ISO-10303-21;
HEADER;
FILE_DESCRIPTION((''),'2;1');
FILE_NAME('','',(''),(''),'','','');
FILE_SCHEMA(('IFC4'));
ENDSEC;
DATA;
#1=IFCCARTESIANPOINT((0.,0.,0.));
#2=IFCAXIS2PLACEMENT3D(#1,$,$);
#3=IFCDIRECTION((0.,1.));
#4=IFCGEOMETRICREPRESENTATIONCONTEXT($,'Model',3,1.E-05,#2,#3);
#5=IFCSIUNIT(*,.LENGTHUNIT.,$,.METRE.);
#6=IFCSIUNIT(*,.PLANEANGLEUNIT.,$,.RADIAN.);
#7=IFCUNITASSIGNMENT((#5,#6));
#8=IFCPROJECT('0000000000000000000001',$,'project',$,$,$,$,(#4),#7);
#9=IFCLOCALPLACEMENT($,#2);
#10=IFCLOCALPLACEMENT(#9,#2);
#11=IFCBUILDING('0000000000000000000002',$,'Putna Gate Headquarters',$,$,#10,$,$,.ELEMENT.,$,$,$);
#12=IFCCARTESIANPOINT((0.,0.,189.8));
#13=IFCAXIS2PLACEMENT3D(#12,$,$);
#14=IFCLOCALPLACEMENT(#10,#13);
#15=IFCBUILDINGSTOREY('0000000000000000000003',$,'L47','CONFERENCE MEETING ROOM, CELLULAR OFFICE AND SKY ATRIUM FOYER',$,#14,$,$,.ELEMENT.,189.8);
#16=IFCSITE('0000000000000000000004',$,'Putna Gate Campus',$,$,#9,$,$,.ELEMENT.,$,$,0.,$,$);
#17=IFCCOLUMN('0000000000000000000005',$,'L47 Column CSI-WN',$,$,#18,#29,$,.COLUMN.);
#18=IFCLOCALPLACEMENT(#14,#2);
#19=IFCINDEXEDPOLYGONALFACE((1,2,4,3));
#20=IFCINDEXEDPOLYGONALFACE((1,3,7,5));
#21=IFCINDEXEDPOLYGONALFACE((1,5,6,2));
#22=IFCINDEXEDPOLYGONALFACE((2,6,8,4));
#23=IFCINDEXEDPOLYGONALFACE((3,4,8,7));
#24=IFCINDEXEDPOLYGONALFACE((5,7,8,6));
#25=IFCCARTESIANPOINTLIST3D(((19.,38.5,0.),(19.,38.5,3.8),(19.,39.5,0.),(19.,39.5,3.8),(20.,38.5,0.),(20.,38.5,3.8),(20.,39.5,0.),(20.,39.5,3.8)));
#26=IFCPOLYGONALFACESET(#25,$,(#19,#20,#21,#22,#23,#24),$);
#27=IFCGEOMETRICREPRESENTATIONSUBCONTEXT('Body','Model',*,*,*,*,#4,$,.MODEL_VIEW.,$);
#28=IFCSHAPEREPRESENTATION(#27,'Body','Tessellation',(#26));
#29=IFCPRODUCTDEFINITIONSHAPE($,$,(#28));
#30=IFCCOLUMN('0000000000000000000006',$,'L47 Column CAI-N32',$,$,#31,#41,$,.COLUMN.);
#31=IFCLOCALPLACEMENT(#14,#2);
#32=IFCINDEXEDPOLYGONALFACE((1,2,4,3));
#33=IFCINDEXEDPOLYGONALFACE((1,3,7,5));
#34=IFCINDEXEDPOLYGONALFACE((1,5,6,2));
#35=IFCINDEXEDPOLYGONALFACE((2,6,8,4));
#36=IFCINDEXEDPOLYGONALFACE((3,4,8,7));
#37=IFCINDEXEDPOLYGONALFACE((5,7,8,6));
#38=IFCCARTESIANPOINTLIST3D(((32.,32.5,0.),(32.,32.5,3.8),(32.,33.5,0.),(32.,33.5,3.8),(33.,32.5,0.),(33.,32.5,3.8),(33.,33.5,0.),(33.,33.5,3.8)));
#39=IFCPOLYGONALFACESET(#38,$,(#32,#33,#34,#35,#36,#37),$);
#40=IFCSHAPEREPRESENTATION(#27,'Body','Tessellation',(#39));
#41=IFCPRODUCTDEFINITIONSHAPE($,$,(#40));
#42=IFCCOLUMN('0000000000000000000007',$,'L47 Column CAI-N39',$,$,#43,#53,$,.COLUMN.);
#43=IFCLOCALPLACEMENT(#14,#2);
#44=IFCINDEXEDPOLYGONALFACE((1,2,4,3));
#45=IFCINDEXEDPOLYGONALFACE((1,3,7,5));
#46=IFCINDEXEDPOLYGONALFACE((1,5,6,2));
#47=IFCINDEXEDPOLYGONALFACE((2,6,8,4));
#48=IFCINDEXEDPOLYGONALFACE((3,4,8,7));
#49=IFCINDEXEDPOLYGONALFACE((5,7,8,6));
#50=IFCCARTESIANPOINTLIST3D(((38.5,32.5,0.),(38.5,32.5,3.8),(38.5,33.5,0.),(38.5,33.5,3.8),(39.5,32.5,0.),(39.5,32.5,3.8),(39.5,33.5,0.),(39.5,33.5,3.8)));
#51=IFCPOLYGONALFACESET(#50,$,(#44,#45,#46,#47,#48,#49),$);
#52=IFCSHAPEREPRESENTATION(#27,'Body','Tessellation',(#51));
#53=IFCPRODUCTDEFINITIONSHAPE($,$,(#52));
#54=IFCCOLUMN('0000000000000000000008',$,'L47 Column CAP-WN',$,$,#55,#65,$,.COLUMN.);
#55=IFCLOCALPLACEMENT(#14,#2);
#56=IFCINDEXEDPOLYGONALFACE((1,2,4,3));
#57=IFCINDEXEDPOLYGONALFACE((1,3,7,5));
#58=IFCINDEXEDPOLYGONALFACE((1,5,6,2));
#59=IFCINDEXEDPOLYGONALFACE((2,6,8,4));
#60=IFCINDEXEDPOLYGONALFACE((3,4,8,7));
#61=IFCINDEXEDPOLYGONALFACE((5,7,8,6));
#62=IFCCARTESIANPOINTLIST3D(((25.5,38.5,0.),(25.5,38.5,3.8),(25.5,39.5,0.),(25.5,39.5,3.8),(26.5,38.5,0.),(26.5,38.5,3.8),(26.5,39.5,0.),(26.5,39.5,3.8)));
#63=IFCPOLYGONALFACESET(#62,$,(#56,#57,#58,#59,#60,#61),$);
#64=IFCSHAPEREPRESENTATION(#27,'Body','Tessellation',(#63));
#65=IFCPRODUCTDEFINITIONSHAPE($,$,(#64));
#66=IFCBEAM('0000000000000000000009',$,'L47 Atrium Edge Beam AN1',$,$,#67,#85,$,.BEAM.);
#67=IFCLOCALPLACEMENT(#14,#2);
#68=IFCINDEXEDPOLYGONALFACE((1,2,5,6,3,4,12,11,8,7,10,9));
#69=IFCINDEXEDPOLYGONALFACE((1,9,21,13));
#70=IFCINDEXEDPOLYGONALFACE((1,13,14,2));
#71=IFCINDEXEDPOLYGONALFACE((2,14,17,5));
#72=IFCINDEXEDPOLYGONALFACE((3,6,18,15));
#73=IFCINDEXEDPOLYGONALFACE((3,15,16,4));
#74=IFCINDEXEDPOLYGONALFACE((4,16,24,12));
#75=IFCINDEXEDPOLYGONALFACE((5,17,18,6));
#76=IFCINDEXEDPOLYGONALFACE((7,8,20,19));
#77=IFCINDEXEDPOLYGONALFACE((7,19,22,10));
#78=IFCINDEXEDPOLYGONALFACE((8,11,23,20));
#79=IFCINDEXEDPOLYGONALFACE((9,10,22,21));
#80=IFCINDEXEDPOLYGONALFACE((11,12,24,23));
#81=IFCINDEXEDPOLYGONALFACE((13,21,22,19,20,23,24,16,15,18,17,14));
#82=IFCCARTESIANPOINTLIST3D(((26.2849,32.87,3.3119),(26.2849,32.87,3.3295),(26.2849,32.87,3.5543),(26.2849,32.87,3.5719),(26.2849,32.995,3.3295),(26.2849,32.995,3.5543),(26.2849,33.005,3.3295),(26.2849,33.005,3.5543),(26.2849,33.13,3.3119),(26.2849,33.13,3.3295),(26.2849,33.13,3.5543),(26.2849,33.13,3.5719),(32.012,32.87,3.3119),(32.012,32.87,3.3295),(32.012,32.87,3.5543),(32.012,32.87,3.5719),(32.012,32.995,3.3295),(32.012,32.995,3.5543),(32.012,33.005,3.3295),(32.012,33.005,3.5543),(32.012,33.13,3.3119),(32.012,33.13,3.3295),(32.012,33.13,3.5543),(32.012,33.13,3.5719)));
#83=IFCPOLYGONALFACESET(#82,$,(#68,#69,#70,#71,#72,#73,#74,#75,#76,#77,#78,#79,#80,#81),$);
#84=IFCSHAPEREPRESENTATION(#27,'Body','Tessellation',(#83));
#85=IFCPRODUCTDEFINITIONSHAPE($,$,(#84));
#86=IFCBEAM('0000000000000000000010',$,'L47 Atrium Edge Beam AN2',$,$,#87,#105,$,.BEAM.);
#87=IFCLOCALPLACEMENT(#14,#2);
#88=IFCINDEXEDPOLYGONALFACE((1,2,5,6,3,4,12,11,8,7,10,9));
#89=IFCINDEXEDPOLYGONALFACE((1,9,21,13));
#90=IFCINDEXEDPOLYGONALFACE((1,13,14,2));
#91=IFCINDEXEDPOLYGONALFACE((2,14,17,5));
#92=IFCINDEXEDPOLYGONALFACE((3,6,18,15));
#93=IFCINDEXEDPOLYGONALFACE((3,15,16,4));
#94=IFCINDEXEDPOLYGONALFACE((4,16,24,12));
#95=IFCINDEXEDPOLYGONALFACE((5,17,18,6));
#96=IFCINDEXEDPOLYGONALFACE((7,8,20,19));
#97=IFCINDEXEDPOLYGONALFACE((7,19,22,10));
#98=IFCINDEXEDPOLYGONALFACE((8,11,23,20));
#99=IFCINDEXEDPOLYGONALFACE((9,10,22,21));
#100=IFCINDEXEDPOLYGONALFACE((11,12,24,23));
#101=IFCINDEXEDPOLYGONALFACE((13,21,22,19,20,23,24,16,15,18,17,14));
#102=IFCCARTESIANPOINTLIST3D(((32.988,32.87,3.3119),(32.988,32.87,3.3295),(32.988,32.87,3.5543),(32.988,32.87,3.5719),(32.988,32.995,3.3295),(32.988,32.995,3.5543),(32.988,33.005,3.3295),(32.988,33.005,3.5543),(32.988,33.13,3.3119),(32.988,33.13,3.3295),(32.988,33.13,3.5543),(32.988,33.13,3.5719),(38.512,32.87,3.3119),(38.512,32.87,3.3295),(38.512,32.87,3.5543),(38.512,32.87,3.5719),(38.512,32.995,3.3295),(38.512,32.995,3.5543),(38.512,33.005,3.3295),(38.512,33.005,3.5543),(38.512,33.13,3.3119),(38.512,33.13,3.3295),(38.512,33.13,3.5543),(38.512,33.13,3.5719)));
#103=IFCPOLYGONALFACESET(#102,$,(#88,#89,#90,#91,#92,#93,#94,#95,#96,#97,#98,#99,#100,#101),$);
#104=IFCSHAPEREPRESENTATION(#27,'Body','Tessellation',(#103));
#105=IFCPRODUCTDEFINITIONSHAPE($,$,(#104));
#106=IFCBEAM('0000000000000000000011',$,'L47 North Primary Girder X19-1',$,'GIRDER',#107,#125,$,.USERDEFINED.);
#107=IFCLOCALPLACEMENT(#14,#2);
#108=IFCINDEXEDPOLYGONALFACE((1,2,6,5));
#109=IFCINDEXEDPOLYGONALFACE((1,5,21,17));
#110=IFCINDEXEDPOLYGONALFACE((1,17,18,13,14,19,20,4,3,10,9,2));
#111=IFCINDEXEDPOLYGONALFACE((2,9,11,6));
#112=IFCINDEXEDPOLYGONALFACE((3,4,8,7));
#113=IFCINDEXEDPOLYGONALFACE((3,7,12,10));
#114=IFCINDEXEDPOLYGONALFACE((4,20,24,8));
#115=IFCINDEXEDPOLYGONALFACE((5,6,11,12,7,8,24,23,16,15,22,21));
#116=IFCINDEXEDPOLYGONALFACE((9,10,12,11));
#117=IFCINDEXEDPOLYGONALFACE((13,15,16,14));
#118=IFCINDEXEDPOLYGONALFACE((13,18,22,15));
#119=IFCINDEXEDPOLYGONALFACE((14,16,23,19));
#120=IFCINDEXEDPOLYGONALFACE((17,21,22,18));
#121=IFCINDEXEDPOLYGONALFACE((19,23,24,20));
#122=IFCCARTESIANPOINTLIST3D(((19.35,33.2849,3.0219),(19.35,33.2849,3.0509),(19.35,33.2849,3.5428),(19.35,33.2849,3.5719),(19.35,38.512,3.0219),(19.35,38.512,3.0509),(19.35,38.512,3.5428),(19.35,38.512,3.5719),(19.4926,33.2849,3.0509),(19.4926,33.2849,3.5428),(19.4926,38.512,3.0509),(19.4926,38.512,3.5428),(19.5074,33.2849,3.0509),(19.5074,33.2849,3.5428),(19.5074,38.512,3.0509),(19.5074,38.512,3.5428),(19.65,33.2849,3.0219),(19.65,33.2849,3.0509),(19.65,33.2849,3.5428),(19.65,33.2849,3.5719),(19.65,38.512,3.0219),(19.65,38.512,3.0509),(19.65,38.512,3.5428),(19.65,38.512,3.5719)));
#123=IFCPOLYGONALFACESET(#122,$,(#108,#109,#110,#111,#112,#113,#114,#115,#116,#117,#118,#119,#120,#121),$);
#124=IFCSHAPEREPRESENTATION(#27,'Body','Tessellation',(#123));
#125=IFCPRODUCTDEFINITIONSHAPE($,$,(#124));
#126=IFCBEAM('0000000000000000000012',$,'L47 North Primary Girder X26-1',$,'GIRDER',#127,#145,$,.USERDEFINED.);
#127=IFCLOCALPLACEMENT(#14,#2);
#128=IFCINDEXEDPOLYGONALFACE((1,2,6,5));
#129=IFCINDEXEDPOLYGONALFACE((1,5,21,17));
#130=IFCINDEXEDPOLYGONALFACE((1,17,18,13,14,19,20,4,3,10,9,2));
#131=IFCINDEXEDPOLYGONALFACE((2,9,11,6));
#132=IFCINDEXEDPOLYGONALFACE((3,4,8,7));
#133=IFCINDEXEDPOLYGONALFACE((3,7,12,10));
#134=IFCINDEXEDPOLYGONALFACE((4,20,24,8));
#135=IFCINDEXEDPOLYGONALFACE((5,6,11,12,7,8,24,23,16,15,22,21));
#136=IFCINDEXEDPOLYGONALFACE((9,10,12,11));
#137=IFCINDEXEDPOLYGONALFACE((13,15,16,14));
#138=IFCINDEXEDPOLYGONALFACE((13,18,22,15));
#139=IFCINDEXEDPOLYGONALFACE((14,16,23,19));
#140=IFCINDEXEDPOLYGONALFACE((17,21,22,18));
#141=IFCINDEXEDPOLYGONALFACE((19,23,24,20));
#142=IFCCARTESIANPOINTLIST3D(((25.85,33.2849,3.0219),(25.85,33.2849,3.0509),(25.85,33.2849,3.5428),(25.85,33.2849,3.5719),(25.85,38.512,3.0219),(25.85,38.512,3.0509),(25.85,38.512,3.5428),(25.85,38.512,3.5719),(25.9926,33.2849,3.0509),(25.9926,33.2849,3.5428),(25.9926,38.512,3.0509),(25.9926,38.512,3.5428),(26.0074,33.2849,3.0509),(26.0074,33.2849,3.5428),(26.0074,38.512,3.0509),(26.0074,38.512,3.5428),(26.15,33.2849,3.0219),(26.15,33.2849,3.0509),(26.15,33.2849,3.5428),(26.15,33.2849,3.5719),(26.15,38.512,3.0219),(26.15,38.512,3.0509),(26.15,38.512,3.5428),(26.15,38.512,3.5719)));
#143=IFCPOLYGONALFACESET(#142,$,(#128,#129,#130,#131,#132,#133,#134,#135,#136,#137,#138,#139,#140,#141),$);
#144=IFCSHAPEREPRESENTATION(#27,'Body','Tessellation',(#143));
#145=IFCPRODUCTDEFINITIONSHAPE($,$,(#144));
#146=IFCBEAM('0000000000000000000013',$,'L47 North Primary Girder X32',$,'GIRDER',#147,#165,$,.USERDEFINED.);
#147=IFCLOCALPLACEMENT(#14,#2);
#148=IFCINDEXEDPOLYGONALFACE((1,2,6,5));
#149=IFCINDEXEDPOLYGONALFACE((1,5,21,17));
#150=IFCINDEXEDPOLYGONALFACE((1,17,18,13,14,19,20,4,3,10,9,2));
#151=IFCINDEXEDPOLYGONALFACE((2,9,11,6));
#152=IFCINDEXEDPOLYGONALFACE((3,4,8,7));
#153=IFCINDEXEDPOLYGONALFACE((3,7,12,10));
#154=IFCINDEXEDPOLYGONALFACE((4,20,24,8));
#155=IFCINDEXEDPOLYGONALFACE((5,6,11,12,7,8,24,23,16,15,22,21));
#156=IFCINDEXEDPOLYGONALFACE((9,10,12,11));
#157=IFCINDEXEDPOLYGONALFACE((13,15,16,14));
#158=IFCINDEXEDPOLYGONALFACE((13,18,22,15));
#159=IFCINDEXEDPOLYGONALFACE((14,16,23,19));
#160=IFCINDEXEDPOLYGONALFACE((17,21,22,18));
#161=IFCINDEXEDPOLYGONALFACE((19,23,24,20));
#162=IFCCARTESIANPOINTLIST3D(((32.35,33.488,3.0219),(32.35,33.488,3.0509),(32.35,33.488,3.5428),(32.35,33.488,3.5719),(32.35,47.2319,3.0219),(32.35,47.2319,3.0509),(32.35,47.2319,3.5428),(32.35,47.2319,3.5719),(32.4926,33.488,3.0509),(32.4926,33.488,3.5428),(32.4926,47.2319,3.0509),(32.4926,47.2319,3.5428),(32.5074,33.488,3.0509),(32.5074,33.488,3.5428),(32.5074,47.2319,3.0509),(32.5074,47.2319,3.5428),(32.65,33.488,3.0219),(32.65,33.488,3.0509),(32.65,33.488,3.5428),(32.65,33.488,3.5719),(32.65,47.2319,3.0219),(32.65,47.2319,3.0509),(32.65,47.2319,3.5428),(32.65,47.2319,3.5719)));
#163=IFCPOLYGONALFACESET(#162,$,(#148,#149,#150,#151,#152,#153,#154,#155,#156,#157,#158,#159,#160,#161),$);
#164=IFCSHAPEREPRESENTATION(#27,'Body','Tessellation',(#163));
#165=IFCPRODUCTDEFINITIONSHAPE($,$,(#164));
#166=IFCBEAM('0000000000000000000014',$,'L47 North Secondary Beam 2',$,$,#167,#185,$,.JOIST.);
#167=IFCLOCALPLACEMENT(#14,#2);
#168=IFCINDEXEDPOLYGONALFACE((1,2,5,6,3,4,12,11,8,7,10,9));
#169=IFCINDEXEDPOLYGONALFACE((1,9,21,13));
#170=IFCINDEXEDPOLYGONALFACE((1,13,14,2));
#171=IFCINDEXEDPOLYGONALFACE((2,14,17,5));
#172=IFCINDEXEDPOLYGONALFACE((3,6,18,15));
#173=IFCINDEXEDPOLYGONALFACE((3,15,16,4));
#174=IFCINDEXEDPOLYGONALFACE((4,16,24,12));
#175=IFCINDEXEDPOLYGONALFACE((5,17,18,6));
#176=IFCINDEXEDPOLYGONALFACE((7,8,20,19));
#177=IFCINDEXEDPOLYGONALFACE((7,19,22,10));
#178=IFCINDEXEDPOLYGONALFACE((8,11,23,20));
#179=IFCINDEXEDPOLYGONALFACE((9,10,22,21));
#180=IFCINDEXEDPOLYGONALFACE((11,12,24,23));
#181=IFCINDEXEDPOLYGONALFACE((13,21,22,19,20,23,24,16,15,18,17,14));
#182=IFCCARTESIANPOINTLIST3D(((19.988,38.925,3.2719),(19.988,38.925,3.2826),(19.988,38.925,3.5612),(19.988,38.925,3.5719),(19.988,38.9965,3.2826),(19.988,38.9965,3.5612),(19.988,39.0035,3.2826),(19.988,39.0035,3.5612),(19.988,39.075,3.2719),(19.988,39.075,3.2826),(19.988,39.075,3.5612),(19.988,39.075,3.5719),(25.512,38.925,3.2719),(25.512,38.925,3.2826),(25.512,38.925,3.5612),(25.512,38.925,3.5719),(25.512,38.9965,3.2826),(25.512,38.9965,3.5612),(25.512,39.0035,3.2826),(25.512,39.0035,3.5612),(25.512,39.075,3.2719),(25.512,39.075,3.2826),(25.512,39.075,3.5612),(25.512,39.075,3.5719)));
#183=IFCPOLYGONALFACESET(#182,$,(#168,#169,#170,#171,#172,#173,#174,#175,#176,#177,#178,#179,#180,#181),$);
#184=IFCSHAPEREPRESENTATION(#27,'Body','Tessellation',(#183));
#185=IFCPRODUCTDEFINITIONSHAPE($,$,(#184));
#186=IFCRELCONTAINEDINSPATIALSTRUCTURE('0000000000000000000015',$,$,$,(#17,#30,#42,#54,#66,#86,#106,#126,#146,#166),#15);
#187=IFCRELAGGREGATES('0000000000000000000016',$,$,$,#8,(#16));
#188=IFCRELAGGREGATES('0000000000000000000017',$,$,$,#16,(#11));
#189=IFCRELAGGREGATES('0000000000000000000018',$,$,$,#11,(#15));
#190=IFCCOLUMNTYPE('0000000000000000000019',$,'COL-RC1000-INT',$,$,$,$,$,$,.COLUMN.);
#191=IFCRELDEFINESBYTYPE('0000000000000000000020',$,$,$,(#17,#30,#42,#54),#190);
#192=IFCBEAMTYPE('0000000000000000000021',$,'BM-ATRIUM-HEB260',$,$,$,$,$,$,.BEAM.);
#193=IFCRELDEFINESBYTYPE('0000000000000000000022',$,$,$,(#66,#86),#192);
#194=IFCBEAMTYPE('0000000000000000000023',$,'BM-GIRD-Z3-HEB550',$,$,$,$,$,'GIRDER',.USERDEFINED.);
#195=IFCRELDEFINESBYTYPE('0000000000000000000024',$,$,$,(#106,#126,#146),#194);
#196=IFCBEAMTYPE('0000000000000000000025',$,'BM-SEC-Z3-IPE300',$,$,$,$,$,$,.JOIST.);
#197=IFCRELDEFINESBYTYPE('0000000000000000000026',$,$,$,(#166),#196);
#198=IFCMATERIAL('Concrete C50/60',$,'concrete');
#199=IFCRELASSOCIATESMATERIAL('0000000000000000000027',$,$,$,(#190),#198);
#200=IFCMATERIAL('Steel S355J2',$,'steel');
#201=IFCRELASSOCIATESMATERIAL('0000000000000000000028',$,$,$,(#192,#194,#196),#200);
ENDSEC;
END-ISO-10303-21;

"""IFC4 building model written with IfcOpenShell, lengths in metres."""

from ifc_helpers import new_model, si_unit, direction, frame, origin, origin_2d, place, context, subcontext, project, spatial, rectangle, i_section, extrude, material, material_profile, profile_set, type_object, element, save


model = new_model("IFC4")

# Units and contexts
model_context = context("Model", 3, precision=1e-05, world=origin(), true_north=direction((0.0, 1.0)))
body_context = subcontext(model_context, "Body", "Model", "MODEL_VIEW")
ifc_project = project(units=[si_unit("LENGTHUNIT", "METRE"), si_unit("PLANEANGLEUNIT", "RADIAN")], contexts=[model_context])

# Site, building, storey
site_placement = place(None, origin())
site = spatial("IfcSite", under=ifc_project, at=site_placement, Name="Putna Gate Campus", CompositionType="ELEMENT", RefElevation=0.0)
building_placement = place(site_placement, origin())
building = spatial("IfcBuilding", under=site, at=building_placement, Name="Putna Gate Headquarters", CompositionType="ELEMENT")
storey_placement = place(building_placement, frame((0.0, 0.0, 189.8)))
storey = spatial("IfcBuildingStorey", under=building, at=storey_placement, Name="L47", Description="CONFERENCE MEETING ROOM, CELLULAR OFFICE AND SKY ATRIUM FOYER", CompositionType="ELEMENT", Elevation=189.8)

# Columns
ifc_material_1 = material(Name="Concrete C50/60", Category="concrete")
ifc_material_profile_1 = material_profile(ifc_material_1, rectangle(XDim=1.0, YDim=1.0, at=origin_2d()), Name="Concrete C50/60")
ifc_profile_set_1 = profile_set([ifc_material_profile_1], Name="Concrete C50/60")
column_type = type_object("IfcColumnType", Name="COL-RC1000-INT", PredefinedType="COLUMN", material=ifc_profile_set_1)
for number, where, z_axis, x_axis, name in (
    (1, (19.5, 39.0, 0.0), (0.0, 0.0, 1.0), (1.0, 0.0, 0.0), "L47 Column CSI-WN"),
    (2, (32.5, 33.0, 0.0), (0.0, 0.0, 1.0), (1.0, 0.0, 0.0), "L47 Column CAI-N32"),
    (3, (39.0, 33.0, 0.0), (0.0, 0.0, 1.0), (1.0, 0.0, 0.0), "L47 Column CAI-N39"),
    (4, (26.0, 39.0, 0.0), (0.0, 0.0, 1.0), (1.0, 0.0, 0.0), "L47 Column CAP-WN"),
):
    element("IfcColumn", number, at=place(storey_placement, frame(where, z_axis=z_axis, x_axis=x_axis)), inside=storey, type_object=column_type, Name=name, PredefinedType="COLUMN", context=body_context, shape_type="SweptSolid", body=[
        extrude(rectangle(XDim=1.0, YDim=1.0, at=origin_2d()), origin(), (0.0, 0.0, 1.0), 3.8),
    ])

# Beams
ifc_material_2 = material(Name="Steel S355J2", Category="steel")
ifc_material_profile_2 = material_profile(ifc_material_2, i_section(OverallWidth=0.26, OverallDepth=0.26, WebThickness=0.01, FlangeThickness=0.0176, at=origin_2d()), Name="Steel S355J2")
ifc_profile_set_2 = profile_set([ifc_material_profile_2], Name="Steel S355J2")
beam_type_1 = type_object("IfcBeamType", Name="BM-ATRIUM-HEB260", PredefinedType="BEAM", material=ifc_profile_set_2)
beam_1_placement = place(storey_placement, frame((26.2849, 33.0, 3.4419), z_axis=(1.0, 0.0, 0.0), x_axis=(0.0, 1.0, 0.0)))
element("IfcBeam", 5, at=beam_1_placement, inside=storey, type_object=beam_type_1, Name="L47 Atrium Edge Beam AN1", PredefinedType="BEAM", context=body_context, shape_type="SweptSolid", body=[
    extrude(i_section(OverallWidth=0.26, OverallDepth=0.26, WebThickness=0.01, FlangeThickness=0.0176, at=origin_2d()), origin(), (0.0, 0.0, 1.0), 5.7271),
])
beam_2_placement = place(storey_placement, frame((32.988, 33.0, 3.4419), z_axis=(1.0, 0.0, 0.0), x_axis=(0.0, 1.0, 0.0)))
element("IfcBeam", 6, at=beam_2_placement, inside=storey, type_object=beam_type_1, Name="L47 Atrium Edge Beam AN2", PredefinedType="BEAM", context=body_context, shape_type="SweptSolid", body=[
    extrude(i_section(OverallWidth=0.26, OverallDepth=0.26, WebThickness=0.01, FlangeThickness=0.0176, at=origin_2d()), origin(), (0.0, 0.0, 1.0), 5.5239),
])
ifc_material_profile_3 = material_profile(ifc_material_2, i_section(OverallWidth=0.3, OverallDepth=0.55, WebThickness=0.0149, FlangeThickness=0.0291, at=origin_2d()), Name="Steel S355J2")
ifc_profile_set_3 = profile_set([ifc_material_profile_3], Name="Steel S355J2")
beam_type_2 = type_object("IfcBeamType", Name="BM-GIRD-Z3-HEB550", ElementType="GIRDER", PredefinedType="USERDEFINED", material=ifc_profile_set_3)
for number, where, z_axis, x_axis, name in (
    (7, (19.5, 33.2849, 3.2969), (0.0, 1.0, 0.0), (-1.0, 0.0, 0.0), "L47 North Primary Girder X19-1"),
    (8, (26.0, 33.2849, 3.2969), (0.0, 1.0, 0.0), (-1.0, 0.0, 0.0), "L47 North Primary Girder X26-1"),
):
    element("IfcBeam", number, at=place(storey_placement, frame(where, z_axis=z_axis, x_axis=x_axis)), inside=storey, type_object=beam_type_2, Name=name, ObjectType="GIRDER", PredefinedType="USERDEFINED", context=body_context, shape_type="SweptSolid", body=[
        extrude(i_section(OverallWidth=0.3, OverallDepth=0.55, WebThickness=0.0149, FlangeThickness=0.0291, at=origin_2d()), origin(), (0.0, 0.0, 1.0), 5.2271),
    ])
beam_3_placement = place(storey_placement, frame((32.5, 33.488, 3.2969), z_axis=(0.0, 1.0, 0.0), x_axis=(-1.0, 0.0, 0.0)))
element("IfcBeam", 9, at=beam_3_placement, inside=storey, type_object=beam_type_2, Name="L47 North Primary Girder X32", ObjectType="GIRDER", PredefinedType="USERDEFINED", context=body_context, shape_type="SweptSolid", body=[
    extrude(i_section(OverallWidth=0.3, OverallDepth=0.55, WebThickness=0.0149, FlangeThickness=0.0291, at=origin_2d()), origin(), (0.0, 0.0, 1.0), 13.7439),
])
ifc_material_profile_4 = material_profile(ifc_material_2, i_section(OverallWidth=0.1499, OverallDepth=0.3, WebThickness=0.0071, FlangeThickness=0.0107, at=origin_2d()), Name="Steel S355J2")
ifc_profile_set_4 = profile_set([ifc_material_profile_4], Name="Steel S355J2")
beam_type_3 = type_object("IfcBeamType", Name="BM-SEC-Z3-IPE300", PredefinedType="JOIST", material=ifc_profile_set_4)
beam_4_placement = place(storey_placement, frame((19.988, 39.0, 3.4219), z_axis=(1.0, 0.0, 0.0), x_axis=(0.0, 1.0, 0.0)))
element("IfcBeam", 10, at=beam_4_placement, inside=storey, type_object=beam_type_3, Name="L47 North Secondary Beam 2", PredefinedType="JOIST", context=body_context, shape_type="SweptSolid", body=[
    extrude(i_section(OverallWidth=0.1499, OverallDepth=0.3, WebThickness=0.0071, FlangeThickness=0.0107, at=origin_2d()), origin(), (0.0, 0.0, 1.0), 5.5239),
])

save(model, "model.ifc")
